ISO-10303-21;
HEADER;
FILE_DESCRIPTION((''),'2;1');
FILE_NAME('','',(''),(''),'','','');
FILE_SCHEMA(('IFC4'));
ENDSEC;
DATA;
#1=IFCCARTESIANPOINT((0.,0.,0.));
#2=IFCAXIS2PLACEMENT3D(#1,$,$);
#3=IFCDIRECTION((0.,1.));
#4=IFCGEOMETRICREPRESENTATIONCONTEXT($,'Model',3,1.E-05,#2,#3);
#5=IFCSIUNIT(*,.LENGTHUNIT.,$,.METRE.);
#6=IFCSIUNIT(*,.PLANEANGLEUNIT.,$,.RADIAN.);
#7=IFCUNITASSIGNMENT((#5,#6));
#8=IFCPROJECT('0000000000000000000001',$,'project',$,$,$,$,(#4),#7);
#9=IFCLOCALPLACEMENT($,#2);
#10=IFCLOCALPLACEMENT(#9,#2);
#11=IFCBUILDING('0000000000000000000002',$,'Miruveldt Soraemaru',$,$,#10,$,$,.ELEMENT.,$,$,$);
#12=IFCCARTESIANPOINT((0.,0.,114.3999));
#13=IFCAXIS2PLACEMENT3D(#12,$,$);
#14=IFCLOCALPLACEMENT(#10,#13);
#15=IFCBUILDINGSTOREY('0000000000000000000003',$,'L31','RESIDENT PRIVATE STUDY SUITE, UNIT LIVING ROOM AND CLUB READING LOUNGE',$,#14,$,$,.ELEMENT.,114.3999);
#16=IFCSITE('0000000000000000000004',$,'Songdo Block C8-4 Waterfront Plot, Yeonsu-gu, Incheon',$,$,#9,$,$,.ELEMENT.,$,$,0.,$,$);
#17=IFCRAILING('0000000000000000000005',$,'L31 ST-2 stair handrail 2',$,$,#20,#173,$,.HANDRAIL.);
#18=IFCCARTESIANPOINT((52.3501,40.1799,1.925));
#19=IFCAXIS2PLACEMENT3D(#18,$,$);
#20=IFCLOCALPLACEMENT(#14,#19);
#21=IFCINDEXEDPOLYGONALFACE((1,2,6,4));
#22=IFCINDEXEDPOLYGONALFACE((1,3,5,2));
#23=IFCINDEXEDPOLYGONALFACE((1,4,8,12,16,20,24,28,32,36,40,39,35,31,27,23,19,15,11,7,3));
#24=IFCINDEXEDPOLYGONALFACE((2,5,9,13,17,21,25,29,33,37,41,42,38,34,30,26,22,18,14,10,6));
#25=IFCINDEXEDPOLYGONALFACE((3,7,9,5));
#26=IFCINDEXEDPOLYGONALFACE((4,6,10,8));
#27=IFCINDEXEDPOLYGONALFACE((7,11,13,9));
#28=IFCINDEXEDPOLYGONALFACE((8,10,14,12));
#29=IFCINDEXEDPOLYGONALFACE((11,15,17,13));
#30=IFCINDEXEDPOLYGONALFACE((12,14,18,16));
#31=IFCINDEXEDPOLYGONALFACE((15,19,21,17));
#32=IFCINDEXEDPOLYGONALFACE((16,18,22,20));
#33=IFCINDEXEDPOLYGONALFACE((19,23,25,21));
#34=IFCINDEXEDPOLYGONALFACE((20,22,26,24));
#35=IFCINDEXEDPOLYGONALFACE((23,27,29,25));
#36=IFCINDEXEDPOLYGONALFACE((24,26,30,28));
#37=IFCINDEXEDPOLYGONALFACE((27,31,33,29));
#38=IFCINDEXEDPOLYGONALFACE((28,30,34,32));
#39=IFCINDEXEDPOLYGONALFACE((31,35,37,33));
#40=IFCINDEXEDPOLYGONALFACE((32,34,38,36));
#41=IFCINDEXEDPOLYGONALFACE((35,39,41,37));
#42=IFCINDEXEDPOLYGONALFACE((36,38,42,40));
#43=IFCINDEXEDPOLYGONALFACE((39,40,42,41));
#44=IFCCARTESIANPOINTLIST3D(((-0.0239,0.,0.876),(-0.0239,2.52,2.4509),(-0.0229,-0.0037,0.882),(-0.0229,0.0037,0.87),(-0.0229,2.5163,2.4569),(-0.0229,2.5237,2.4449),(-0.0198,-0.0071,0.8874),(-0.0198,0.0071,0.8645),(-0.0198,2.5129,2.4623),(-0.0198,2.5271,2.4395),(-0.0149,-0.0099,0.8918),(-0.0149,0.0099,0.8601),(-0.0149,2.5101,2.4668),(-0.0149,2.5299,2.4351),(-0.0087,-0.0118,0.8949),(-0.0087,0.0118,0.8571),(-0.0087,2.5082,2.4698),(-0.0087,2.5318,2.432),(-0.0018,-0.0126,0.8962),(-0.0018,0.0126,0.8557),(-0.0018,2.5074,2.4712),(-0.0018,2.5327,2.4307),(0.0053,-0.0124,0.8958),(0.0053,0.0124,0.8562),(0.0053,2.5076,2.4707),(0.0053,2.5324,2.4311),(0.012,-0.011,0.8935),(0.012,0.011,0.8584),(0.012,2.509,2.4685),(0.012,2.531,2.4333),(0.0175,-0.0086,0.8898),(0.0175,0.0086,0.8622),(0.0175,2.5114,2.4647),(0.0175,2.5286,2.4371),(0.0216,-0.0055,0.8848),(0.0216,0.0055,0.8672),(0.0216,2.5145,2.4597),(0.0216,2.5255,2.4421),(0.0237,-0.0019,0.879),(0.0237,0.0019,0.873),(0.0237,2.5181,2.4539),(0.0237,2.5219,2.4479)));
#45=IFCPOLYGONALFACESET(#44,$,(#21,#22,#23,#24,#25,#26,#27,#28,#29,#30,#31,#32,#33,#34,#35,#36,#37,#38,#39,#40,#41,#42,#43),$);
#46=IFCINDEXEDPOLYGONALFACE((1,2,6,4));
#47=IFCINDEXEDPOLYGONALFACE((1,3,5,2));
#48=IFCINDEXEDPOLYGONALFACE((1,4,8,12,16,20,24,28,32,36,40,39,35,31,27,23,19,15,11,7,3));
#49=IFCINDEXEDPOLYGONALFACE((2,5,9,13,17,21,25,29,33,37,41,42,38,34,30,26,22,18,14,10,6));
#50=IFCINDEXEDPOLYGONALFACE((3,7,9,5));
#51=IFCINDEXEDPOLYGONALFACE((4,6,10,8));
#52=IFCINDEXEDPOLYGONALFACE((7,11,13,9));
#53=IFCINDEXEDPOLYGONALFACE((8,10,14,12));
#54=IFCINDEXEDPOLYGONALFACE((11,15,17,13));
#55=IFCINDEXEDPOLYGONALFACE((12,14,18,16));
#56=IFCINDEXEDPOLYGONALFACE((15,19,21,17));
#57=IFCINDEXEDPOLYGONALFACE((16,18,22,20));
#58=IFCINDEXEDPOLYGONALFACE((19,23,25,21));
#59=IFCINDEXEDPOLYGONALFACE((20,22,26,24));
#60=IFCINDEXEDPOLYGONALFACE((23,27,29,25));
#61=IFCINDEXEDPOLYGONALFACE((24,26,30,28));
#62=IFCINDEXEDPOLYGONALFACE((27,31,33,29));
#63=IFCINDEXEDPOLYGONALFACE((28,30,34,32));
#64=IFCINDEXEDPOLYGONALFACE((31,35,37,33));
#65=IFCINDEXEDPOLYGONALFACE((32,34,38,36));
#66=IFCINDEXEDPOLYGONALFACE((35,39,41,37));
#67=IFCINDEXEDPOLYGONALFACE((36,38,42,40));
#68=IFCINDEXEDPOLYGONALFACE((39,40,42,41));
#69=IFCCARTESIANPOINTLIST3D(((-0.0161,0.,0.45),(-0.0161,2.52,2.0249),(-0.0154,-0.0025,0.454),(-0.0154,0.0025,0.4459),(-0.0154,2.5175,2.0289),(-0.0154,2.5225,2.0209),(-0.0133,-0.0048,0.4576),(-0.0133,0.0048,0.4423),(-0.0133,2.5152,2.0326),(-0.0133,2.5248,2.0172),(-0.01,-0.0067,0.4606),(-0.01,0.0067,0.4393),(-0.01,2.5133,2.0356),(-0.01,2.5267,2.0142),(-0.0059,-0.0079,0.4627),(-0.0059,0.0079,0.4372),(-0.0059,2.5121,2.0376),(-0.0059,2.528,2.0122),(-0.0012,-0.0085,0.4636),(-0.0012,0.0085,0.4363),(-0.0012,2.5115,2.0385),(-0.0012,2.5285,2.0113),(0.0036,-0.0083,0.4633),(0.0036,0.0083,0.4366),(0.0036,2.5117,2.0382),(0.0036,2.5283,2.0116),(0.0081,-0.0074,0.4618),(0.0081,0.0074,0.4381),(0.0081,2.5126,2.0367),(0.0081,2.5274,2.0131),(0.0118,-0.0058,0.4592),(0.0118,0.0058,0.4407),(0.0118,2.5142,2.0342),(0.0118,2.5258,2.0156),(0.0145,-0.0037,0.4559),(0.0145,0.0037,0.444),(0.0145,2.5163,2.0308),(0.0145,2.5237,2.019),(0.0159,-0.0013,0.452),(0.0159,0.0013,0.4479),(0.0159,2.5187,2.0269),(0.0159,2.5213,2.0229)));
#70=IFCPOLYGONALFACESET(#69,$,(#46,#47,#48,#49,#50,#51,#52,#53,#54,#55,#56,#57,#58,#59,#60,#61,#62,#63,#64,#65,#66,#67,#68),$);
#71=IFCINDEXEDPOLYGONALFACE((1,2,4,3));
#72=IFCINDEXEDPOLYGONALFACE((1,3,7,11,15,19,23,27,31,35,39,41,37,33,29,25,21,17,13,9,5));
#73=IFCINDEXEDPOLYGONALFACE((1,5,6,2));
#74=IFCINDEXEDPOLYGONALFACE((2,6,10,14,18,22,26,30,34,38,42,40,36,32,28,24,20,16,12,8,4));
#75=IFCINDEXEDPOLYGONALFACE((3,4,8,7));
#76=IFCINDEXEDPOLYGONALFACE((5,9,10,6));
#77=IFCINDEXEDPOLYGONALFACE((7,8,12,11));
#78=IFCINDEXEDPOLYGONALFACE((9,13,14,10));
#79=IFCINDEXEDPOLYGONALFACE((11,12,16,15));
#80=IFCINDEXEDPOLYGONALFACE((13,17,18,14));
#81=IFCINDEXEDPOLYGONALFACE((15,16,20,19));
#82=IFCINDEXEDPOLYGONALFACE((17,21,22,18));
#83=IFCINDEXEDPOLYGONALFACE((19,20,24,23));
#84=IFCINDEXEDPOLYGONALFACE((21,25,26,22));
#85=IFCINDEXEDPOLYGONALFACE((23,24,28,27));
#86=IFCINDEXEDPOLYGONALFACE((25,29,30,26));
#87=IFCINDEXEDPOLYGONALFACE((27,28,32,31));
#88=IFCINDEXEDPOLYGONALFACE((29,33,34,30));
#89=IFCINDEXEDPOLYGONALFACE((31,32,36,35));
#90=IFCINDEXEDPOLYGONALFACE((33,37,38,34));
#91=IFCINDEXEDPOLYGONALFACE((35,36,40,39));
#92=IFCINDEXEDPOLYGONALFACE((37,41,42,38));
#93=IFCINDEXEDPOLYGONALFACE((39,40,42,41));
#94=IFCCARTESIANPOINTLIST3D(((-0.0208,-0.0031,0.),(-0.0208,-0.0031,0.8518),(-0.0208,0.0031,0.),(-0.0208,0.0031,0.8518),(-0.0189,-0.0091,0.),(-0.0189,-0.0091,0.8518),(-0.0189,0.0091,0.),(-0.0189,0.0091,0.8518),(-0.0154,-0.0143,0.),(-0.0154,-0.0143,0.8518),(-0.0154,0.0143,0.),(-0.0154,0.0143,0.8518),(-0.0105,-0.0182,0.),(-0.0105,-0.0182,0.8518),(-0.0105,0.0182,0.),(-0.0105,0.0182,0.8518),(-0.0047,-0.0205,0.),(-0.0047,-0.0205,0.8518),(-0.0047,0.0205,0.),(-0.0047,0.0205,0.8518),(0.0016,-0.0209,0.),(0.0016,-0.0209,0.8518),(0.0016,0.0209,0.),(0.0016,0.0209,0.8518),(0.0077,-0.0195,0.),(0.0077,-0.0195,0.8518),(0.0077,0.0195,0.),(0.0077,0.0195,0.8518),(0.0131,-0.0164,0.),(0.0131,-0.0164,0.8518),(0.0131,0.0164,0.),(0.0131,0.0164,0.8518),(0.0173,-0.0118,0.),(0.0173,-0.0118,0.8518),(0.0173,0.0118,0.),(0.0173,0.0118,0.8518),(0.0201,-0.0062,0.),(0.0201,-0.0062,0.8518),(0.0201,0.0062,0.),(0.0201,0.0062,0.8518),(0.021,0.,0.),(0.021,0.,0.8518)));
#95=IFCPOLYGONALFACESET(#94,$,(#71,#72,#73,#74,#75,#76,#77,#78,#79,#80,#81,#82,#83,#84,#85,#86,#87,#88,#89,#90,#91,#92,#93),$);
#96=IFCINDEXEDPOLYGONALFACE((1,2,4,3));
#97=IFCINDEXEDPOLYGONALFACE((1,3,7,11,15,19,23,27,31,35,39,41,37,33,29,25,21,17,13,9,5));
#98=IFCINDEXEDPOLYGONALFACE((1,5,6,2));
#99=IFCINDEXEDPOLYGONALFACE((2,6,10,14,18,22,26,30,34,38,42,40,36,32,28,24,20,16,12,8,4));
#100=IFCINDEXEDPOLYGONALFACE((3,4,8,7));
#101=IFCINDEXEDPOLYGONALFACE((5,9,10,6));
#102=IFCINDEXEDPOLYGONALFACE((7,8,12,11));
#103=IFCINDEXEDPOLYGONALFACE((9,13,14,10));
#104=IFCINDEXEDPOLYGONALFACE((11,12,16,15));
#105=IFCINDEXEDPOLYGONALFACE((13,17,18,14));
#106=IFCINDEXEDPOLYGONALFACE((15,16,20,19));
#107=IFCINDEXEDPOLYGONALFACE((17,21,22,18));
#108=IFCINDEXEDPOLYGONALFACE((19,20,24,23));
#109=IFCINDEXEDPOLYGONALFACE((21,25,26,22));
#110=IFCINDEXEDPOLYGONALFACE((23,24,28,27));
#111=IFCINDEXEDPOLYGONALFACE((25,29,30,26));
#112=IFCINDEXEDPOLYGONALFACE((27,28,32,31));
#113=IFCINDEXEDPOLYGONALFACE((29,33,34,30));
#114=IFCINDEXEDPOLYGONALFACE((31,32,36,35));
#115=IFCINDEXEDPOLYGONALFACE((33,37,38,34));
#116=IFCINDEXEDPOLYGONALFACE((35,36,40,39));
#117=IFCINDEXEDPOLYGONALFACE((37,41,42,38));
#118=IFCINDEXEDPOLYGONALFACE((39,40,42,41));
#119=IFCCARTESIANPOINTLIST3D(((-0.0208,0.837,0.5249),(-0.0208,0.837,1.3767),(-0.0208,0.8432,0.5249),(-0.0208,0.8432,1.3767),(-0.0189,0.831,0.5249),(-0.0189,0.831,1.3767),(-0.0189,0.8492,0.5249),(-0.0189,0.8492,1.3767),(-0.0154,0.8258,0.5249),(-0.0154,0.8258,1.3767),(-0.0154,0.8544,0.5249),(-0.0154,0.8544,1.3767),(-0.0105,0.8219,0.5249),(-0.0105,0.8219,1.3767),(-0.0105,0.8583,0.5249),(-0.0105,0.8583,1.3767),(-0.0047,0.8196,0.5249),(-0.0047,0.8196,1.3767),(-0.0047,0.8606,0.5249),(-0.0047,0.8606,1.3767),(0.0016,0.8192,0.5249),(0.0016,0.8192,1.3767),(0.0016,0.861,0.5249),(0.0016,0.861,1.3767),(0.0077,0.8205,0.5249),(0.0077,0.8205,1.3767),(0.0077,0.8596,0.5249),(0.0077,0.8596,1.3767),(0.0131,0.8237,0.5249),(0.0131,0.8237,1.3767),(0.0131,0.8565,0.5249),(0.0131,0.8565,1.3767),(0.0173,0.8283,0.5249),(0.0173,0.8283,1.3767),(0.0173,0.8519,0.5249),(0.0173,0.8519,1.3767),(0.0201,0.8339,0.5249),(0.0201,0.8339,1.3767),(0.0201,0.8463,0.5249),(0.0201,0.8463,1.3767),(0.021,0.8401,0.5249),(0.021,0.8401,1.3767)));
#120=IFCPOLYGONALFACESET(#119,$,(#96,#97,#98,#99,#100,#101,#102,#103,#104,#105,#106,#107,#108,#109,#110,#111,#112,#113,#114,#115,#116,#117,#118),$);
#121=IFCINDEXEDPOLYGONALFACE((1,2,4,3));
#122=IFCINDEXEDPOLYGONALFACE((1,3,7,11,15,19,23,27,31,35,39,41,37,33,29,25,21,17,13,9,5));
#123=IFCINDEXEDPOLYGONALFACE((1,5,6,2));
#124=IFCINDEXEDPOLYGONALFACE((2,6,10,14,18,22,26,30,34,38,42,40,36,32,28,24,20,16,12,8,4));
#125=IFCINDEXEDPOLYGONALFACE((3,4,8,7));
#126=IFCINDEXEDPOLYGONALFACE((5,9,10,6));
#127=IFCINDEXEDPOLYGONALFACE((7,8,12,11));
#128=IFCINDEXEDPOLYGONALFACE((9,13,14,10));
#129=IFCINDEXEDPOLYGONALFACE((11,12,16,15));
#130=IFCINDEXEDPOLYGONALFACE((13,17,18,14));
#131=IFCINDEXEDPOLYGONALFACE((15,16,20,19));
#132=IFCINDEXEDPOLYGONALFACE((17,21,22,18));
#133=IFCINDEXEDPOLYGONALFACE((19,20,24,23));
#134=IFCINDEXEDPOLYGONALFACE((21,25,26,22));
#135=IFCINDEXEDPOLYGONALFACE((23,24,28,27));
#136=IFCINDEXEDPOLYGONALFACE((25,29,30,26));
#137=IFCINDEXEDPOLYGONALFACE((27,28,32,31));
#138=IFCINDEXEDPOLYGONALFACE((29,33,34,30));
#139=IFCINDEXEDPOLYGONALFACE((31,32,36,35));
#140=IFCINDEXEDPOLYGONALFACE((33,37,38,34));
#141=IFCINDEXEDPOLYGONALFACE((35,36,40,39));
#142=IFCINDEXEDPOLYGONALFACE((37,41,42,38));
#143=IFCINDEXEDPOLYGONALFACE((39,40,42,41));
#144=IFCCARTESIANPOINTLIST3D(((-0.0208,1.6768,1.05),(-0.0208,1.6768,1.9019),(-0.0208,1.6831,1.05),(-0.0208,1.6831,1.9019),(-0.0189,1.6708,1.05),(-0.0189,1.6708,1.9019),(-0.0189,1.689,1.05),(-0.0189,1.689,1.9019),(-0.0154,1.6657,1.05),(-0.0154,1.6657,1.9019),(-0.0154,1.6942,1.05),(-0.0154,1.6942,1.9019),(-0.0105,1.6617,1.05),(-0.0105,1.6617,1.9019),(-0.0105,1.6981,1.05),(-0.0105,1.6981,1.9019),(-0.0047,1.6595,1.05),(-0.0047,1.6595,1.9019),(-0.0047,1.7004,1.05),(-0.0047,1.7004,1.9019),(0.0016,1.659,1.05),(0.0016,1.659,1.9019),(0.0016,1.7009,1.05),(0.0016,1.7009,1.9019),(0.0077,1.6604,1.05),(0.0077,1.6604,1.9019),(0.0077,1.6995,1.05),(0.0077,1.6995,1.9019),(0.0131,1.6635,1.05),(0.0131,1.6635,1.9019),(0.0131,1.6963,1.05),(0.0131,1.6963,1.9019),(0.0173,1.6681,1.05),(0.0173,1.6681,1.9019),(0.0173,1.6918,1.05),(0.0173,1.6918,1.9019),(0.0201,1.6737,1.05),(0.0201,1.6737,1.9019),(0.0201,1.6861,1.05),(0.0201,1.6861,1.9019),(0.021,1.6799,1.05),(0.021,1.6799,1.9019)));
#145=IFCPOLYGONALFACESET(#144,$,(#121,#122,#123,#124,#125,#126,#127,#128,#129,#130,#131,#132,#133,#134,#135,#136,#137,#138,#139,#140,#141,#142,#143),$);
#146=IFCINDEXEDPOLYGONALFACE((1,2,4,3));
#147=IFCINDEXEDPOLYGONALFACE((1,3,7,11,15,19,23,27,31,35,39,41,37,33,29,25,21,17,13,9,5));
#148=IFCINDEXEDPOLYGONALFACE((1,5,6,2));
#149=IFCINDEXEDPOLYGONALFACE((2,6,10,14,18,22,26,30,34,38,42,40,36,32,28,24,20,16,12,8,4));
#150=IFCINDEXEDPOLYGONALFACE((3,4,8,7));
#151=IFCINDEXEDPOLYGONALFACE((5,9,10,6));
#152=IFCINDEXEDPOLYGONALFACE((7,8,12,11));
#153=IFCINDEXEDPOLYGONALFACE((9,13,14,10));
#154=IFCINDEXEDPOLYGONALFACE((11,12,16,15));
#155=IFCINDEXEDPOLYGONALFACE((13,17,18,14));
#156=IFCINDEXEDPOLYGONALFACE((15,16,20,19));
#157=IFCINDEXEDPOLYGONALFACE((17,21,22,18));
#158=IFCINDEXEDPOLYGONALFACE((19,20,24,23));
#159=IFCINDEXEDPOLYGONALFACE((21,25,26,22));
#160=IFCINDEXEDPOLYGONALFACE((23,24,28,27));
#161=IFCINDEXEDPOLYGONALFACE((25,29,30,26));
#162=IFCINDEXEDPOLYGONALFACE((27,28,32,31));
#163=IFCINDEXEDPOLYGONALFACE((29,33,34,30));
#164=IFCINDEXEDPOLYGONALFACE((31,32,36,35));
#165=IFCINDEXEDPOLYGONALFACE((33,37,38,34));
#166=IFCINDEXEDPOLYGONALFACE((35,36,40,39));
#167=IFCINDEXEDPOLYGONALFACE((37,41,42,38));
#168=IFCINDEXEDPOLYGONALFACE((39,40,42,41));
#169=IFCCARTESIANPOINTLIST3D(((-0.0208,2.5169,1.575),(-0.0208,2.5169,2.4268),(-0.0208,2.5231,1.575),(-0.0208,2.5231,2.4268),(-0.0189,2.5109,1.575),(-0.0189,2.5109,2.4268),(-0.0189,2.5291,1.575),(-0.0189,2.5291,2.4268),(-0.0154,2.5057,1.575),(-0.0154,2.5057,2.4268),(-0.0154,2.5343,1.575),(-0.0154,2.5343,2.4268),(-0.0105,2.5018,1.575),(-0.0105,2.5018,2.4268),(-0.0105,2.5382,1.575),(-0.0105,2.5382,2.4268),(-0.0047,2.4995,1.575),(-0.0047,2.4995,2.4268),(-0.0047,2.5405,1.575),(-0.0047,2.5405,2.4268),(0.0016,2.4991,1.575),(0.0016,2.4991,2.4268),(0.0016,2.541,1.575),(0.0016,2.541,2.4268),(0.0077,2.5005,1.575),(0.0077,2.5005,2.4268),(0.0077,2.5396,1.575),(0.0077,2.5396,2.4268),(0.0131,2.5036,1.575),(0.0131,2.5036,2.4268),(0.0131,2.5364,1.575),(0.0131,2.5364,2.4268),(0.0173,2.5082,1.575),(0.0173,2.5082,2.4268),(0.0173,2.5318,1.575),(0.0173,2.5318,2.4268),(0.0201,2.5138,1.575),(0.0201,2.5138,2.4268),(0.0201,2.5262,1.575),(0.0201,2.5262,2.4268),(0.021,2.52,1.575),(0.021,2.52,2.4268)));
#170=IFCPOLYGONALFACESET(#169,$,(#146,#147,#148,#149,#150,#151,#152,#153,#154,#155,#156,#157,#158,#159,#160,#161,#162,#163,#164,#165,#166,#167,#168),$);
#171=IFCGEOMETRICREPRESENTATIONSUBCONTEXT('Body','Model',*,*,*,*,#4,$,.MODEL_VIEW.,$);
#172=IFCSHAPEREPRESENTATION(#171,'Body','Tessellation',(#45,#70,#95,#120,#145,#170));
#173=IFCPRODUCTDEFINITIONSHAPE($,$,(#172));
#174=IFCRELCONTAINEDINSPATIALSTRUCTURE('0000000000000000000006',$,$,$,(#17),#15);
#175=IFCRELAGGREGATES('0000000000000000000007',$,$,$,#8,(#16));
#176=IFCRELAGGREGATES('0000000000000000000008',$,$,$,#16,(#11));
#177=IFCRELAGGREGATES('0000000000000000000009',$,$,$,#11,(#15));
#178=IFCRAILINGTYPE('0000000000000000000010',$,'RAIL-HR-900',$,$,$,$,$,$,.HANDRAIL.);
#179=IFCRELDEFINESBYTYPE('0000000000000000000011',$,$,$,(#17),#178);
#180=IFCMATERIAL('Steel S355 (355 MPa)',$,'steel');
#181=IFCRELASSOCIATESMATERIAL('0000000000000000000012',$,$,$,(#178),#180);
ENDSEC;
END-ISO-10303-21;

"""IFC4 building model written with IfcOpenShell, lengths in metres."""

from ifc_helpers import new_model, si_unit, direction, frame, origin, origin_2d, place, context, subcontext, project, spatial, circle, extrude, material, type_object, element, save


model = new_model("IFC4")

# Units and contexts
model_context = context("Model", 3, precision=1e-05, world=origin(), true_north=direction((0.0, 1.0)))
body_context = subcontext(model_context, "Body", "Model", "MODEL_VIEW")
ifc_project = project(units=[si_unit("LENGTHUNIT", "METRE"), si_unit("PLANEANGLEUNIT", "RADIAN")], contexts=[model_context])

# Site, building, storey
site_placement = place(None, origin())
site = spatial("IfcSite", under=ifc_project, at=site_placement, Name="Songdo Block C8-4 Waterfront Plot, Yeonsu-gu, Incheon", CompositionType="ELEMENT", RefElevation=0.0)
building_placement = place(site_placement, origin())
building = spatial("IfcBuilding", under=site, at=building_placement, Name="Miruveldt Soraemaru", CompositionType="ELEMENT")
storey_placement = place(building_placement, frame((0.0, 0.0, 114.3999)))
storey = spatial("IfcBuildingStorey", under=building, at=storey_placement, Name="L31", Description="RESIDENT PRIVATE STUDY SUITE, UNIT LIVING ROOM AND CLUB READING LOUNGE", CompositionType="ELEMENT", Elevation=114.3999)

# Railing
ifc_material_1 = material(Name="Steel S355 (355 MPa)", Category="steel")
railing_type_1 = type_object("IfcRailingType", Name="RAIL-HR-900", PredefinedType="HANDRAIL", material=ifc_material_1)
railing_1_placement = place(storey_placement, frame((52.3501, 40.1799, 1.925)))
element("IfcRailing", 1, at=railing_1_placement, inside=storey, type_object=railing_type_1, Name="L31 ST-2 stair handrail 2", PredefinedType="HANDRAIL", context=body_context, shape_type="SweptSolid", body=[
    extrude(circle(Radius=0.0239, at=origin_2d()), frame((0.0, 0.0, 0.876), z_axis=(0.0, 0.848008, 0.529984), x_axis=(-1.0, 0.0, 0.0)), (0.0, 0.0, 1.0), 2.9717),
    extrude(circle(Radius=0.0161, at=origin_2d()), frame((0.0, 0.0, 0.45), z_axis=(0.0, 0.848008, 0.529984), x_axis=(-1.0, 0.0, 0.0)), (0.0, 0.0, 1.0), 2.9717),
    extrude(circle(Radius=0.021, at=origin_2d()), origin(), (0.0, 0.0, 1.0), 0.8518),
    extrude(circle(Radius=0.021, at=origin_2d()), frame((0.0, 0.8401, 0.5249)), (0.0, 0.0, 1.0), 0.8518),
    extrude(circle(Radius=0.021, at=origin_2d()), frame((0.0, 1.6799, 1.05)), (0.0, 0.0, 1.0), 0.8518),
    extrude(circle(Radius=0.021, at=origin_2d()), frame((0.0, 2.52, 1.575)), (0.0, 0.0, 1.0), 0.8518),
])

save(model, "model.ifc")
